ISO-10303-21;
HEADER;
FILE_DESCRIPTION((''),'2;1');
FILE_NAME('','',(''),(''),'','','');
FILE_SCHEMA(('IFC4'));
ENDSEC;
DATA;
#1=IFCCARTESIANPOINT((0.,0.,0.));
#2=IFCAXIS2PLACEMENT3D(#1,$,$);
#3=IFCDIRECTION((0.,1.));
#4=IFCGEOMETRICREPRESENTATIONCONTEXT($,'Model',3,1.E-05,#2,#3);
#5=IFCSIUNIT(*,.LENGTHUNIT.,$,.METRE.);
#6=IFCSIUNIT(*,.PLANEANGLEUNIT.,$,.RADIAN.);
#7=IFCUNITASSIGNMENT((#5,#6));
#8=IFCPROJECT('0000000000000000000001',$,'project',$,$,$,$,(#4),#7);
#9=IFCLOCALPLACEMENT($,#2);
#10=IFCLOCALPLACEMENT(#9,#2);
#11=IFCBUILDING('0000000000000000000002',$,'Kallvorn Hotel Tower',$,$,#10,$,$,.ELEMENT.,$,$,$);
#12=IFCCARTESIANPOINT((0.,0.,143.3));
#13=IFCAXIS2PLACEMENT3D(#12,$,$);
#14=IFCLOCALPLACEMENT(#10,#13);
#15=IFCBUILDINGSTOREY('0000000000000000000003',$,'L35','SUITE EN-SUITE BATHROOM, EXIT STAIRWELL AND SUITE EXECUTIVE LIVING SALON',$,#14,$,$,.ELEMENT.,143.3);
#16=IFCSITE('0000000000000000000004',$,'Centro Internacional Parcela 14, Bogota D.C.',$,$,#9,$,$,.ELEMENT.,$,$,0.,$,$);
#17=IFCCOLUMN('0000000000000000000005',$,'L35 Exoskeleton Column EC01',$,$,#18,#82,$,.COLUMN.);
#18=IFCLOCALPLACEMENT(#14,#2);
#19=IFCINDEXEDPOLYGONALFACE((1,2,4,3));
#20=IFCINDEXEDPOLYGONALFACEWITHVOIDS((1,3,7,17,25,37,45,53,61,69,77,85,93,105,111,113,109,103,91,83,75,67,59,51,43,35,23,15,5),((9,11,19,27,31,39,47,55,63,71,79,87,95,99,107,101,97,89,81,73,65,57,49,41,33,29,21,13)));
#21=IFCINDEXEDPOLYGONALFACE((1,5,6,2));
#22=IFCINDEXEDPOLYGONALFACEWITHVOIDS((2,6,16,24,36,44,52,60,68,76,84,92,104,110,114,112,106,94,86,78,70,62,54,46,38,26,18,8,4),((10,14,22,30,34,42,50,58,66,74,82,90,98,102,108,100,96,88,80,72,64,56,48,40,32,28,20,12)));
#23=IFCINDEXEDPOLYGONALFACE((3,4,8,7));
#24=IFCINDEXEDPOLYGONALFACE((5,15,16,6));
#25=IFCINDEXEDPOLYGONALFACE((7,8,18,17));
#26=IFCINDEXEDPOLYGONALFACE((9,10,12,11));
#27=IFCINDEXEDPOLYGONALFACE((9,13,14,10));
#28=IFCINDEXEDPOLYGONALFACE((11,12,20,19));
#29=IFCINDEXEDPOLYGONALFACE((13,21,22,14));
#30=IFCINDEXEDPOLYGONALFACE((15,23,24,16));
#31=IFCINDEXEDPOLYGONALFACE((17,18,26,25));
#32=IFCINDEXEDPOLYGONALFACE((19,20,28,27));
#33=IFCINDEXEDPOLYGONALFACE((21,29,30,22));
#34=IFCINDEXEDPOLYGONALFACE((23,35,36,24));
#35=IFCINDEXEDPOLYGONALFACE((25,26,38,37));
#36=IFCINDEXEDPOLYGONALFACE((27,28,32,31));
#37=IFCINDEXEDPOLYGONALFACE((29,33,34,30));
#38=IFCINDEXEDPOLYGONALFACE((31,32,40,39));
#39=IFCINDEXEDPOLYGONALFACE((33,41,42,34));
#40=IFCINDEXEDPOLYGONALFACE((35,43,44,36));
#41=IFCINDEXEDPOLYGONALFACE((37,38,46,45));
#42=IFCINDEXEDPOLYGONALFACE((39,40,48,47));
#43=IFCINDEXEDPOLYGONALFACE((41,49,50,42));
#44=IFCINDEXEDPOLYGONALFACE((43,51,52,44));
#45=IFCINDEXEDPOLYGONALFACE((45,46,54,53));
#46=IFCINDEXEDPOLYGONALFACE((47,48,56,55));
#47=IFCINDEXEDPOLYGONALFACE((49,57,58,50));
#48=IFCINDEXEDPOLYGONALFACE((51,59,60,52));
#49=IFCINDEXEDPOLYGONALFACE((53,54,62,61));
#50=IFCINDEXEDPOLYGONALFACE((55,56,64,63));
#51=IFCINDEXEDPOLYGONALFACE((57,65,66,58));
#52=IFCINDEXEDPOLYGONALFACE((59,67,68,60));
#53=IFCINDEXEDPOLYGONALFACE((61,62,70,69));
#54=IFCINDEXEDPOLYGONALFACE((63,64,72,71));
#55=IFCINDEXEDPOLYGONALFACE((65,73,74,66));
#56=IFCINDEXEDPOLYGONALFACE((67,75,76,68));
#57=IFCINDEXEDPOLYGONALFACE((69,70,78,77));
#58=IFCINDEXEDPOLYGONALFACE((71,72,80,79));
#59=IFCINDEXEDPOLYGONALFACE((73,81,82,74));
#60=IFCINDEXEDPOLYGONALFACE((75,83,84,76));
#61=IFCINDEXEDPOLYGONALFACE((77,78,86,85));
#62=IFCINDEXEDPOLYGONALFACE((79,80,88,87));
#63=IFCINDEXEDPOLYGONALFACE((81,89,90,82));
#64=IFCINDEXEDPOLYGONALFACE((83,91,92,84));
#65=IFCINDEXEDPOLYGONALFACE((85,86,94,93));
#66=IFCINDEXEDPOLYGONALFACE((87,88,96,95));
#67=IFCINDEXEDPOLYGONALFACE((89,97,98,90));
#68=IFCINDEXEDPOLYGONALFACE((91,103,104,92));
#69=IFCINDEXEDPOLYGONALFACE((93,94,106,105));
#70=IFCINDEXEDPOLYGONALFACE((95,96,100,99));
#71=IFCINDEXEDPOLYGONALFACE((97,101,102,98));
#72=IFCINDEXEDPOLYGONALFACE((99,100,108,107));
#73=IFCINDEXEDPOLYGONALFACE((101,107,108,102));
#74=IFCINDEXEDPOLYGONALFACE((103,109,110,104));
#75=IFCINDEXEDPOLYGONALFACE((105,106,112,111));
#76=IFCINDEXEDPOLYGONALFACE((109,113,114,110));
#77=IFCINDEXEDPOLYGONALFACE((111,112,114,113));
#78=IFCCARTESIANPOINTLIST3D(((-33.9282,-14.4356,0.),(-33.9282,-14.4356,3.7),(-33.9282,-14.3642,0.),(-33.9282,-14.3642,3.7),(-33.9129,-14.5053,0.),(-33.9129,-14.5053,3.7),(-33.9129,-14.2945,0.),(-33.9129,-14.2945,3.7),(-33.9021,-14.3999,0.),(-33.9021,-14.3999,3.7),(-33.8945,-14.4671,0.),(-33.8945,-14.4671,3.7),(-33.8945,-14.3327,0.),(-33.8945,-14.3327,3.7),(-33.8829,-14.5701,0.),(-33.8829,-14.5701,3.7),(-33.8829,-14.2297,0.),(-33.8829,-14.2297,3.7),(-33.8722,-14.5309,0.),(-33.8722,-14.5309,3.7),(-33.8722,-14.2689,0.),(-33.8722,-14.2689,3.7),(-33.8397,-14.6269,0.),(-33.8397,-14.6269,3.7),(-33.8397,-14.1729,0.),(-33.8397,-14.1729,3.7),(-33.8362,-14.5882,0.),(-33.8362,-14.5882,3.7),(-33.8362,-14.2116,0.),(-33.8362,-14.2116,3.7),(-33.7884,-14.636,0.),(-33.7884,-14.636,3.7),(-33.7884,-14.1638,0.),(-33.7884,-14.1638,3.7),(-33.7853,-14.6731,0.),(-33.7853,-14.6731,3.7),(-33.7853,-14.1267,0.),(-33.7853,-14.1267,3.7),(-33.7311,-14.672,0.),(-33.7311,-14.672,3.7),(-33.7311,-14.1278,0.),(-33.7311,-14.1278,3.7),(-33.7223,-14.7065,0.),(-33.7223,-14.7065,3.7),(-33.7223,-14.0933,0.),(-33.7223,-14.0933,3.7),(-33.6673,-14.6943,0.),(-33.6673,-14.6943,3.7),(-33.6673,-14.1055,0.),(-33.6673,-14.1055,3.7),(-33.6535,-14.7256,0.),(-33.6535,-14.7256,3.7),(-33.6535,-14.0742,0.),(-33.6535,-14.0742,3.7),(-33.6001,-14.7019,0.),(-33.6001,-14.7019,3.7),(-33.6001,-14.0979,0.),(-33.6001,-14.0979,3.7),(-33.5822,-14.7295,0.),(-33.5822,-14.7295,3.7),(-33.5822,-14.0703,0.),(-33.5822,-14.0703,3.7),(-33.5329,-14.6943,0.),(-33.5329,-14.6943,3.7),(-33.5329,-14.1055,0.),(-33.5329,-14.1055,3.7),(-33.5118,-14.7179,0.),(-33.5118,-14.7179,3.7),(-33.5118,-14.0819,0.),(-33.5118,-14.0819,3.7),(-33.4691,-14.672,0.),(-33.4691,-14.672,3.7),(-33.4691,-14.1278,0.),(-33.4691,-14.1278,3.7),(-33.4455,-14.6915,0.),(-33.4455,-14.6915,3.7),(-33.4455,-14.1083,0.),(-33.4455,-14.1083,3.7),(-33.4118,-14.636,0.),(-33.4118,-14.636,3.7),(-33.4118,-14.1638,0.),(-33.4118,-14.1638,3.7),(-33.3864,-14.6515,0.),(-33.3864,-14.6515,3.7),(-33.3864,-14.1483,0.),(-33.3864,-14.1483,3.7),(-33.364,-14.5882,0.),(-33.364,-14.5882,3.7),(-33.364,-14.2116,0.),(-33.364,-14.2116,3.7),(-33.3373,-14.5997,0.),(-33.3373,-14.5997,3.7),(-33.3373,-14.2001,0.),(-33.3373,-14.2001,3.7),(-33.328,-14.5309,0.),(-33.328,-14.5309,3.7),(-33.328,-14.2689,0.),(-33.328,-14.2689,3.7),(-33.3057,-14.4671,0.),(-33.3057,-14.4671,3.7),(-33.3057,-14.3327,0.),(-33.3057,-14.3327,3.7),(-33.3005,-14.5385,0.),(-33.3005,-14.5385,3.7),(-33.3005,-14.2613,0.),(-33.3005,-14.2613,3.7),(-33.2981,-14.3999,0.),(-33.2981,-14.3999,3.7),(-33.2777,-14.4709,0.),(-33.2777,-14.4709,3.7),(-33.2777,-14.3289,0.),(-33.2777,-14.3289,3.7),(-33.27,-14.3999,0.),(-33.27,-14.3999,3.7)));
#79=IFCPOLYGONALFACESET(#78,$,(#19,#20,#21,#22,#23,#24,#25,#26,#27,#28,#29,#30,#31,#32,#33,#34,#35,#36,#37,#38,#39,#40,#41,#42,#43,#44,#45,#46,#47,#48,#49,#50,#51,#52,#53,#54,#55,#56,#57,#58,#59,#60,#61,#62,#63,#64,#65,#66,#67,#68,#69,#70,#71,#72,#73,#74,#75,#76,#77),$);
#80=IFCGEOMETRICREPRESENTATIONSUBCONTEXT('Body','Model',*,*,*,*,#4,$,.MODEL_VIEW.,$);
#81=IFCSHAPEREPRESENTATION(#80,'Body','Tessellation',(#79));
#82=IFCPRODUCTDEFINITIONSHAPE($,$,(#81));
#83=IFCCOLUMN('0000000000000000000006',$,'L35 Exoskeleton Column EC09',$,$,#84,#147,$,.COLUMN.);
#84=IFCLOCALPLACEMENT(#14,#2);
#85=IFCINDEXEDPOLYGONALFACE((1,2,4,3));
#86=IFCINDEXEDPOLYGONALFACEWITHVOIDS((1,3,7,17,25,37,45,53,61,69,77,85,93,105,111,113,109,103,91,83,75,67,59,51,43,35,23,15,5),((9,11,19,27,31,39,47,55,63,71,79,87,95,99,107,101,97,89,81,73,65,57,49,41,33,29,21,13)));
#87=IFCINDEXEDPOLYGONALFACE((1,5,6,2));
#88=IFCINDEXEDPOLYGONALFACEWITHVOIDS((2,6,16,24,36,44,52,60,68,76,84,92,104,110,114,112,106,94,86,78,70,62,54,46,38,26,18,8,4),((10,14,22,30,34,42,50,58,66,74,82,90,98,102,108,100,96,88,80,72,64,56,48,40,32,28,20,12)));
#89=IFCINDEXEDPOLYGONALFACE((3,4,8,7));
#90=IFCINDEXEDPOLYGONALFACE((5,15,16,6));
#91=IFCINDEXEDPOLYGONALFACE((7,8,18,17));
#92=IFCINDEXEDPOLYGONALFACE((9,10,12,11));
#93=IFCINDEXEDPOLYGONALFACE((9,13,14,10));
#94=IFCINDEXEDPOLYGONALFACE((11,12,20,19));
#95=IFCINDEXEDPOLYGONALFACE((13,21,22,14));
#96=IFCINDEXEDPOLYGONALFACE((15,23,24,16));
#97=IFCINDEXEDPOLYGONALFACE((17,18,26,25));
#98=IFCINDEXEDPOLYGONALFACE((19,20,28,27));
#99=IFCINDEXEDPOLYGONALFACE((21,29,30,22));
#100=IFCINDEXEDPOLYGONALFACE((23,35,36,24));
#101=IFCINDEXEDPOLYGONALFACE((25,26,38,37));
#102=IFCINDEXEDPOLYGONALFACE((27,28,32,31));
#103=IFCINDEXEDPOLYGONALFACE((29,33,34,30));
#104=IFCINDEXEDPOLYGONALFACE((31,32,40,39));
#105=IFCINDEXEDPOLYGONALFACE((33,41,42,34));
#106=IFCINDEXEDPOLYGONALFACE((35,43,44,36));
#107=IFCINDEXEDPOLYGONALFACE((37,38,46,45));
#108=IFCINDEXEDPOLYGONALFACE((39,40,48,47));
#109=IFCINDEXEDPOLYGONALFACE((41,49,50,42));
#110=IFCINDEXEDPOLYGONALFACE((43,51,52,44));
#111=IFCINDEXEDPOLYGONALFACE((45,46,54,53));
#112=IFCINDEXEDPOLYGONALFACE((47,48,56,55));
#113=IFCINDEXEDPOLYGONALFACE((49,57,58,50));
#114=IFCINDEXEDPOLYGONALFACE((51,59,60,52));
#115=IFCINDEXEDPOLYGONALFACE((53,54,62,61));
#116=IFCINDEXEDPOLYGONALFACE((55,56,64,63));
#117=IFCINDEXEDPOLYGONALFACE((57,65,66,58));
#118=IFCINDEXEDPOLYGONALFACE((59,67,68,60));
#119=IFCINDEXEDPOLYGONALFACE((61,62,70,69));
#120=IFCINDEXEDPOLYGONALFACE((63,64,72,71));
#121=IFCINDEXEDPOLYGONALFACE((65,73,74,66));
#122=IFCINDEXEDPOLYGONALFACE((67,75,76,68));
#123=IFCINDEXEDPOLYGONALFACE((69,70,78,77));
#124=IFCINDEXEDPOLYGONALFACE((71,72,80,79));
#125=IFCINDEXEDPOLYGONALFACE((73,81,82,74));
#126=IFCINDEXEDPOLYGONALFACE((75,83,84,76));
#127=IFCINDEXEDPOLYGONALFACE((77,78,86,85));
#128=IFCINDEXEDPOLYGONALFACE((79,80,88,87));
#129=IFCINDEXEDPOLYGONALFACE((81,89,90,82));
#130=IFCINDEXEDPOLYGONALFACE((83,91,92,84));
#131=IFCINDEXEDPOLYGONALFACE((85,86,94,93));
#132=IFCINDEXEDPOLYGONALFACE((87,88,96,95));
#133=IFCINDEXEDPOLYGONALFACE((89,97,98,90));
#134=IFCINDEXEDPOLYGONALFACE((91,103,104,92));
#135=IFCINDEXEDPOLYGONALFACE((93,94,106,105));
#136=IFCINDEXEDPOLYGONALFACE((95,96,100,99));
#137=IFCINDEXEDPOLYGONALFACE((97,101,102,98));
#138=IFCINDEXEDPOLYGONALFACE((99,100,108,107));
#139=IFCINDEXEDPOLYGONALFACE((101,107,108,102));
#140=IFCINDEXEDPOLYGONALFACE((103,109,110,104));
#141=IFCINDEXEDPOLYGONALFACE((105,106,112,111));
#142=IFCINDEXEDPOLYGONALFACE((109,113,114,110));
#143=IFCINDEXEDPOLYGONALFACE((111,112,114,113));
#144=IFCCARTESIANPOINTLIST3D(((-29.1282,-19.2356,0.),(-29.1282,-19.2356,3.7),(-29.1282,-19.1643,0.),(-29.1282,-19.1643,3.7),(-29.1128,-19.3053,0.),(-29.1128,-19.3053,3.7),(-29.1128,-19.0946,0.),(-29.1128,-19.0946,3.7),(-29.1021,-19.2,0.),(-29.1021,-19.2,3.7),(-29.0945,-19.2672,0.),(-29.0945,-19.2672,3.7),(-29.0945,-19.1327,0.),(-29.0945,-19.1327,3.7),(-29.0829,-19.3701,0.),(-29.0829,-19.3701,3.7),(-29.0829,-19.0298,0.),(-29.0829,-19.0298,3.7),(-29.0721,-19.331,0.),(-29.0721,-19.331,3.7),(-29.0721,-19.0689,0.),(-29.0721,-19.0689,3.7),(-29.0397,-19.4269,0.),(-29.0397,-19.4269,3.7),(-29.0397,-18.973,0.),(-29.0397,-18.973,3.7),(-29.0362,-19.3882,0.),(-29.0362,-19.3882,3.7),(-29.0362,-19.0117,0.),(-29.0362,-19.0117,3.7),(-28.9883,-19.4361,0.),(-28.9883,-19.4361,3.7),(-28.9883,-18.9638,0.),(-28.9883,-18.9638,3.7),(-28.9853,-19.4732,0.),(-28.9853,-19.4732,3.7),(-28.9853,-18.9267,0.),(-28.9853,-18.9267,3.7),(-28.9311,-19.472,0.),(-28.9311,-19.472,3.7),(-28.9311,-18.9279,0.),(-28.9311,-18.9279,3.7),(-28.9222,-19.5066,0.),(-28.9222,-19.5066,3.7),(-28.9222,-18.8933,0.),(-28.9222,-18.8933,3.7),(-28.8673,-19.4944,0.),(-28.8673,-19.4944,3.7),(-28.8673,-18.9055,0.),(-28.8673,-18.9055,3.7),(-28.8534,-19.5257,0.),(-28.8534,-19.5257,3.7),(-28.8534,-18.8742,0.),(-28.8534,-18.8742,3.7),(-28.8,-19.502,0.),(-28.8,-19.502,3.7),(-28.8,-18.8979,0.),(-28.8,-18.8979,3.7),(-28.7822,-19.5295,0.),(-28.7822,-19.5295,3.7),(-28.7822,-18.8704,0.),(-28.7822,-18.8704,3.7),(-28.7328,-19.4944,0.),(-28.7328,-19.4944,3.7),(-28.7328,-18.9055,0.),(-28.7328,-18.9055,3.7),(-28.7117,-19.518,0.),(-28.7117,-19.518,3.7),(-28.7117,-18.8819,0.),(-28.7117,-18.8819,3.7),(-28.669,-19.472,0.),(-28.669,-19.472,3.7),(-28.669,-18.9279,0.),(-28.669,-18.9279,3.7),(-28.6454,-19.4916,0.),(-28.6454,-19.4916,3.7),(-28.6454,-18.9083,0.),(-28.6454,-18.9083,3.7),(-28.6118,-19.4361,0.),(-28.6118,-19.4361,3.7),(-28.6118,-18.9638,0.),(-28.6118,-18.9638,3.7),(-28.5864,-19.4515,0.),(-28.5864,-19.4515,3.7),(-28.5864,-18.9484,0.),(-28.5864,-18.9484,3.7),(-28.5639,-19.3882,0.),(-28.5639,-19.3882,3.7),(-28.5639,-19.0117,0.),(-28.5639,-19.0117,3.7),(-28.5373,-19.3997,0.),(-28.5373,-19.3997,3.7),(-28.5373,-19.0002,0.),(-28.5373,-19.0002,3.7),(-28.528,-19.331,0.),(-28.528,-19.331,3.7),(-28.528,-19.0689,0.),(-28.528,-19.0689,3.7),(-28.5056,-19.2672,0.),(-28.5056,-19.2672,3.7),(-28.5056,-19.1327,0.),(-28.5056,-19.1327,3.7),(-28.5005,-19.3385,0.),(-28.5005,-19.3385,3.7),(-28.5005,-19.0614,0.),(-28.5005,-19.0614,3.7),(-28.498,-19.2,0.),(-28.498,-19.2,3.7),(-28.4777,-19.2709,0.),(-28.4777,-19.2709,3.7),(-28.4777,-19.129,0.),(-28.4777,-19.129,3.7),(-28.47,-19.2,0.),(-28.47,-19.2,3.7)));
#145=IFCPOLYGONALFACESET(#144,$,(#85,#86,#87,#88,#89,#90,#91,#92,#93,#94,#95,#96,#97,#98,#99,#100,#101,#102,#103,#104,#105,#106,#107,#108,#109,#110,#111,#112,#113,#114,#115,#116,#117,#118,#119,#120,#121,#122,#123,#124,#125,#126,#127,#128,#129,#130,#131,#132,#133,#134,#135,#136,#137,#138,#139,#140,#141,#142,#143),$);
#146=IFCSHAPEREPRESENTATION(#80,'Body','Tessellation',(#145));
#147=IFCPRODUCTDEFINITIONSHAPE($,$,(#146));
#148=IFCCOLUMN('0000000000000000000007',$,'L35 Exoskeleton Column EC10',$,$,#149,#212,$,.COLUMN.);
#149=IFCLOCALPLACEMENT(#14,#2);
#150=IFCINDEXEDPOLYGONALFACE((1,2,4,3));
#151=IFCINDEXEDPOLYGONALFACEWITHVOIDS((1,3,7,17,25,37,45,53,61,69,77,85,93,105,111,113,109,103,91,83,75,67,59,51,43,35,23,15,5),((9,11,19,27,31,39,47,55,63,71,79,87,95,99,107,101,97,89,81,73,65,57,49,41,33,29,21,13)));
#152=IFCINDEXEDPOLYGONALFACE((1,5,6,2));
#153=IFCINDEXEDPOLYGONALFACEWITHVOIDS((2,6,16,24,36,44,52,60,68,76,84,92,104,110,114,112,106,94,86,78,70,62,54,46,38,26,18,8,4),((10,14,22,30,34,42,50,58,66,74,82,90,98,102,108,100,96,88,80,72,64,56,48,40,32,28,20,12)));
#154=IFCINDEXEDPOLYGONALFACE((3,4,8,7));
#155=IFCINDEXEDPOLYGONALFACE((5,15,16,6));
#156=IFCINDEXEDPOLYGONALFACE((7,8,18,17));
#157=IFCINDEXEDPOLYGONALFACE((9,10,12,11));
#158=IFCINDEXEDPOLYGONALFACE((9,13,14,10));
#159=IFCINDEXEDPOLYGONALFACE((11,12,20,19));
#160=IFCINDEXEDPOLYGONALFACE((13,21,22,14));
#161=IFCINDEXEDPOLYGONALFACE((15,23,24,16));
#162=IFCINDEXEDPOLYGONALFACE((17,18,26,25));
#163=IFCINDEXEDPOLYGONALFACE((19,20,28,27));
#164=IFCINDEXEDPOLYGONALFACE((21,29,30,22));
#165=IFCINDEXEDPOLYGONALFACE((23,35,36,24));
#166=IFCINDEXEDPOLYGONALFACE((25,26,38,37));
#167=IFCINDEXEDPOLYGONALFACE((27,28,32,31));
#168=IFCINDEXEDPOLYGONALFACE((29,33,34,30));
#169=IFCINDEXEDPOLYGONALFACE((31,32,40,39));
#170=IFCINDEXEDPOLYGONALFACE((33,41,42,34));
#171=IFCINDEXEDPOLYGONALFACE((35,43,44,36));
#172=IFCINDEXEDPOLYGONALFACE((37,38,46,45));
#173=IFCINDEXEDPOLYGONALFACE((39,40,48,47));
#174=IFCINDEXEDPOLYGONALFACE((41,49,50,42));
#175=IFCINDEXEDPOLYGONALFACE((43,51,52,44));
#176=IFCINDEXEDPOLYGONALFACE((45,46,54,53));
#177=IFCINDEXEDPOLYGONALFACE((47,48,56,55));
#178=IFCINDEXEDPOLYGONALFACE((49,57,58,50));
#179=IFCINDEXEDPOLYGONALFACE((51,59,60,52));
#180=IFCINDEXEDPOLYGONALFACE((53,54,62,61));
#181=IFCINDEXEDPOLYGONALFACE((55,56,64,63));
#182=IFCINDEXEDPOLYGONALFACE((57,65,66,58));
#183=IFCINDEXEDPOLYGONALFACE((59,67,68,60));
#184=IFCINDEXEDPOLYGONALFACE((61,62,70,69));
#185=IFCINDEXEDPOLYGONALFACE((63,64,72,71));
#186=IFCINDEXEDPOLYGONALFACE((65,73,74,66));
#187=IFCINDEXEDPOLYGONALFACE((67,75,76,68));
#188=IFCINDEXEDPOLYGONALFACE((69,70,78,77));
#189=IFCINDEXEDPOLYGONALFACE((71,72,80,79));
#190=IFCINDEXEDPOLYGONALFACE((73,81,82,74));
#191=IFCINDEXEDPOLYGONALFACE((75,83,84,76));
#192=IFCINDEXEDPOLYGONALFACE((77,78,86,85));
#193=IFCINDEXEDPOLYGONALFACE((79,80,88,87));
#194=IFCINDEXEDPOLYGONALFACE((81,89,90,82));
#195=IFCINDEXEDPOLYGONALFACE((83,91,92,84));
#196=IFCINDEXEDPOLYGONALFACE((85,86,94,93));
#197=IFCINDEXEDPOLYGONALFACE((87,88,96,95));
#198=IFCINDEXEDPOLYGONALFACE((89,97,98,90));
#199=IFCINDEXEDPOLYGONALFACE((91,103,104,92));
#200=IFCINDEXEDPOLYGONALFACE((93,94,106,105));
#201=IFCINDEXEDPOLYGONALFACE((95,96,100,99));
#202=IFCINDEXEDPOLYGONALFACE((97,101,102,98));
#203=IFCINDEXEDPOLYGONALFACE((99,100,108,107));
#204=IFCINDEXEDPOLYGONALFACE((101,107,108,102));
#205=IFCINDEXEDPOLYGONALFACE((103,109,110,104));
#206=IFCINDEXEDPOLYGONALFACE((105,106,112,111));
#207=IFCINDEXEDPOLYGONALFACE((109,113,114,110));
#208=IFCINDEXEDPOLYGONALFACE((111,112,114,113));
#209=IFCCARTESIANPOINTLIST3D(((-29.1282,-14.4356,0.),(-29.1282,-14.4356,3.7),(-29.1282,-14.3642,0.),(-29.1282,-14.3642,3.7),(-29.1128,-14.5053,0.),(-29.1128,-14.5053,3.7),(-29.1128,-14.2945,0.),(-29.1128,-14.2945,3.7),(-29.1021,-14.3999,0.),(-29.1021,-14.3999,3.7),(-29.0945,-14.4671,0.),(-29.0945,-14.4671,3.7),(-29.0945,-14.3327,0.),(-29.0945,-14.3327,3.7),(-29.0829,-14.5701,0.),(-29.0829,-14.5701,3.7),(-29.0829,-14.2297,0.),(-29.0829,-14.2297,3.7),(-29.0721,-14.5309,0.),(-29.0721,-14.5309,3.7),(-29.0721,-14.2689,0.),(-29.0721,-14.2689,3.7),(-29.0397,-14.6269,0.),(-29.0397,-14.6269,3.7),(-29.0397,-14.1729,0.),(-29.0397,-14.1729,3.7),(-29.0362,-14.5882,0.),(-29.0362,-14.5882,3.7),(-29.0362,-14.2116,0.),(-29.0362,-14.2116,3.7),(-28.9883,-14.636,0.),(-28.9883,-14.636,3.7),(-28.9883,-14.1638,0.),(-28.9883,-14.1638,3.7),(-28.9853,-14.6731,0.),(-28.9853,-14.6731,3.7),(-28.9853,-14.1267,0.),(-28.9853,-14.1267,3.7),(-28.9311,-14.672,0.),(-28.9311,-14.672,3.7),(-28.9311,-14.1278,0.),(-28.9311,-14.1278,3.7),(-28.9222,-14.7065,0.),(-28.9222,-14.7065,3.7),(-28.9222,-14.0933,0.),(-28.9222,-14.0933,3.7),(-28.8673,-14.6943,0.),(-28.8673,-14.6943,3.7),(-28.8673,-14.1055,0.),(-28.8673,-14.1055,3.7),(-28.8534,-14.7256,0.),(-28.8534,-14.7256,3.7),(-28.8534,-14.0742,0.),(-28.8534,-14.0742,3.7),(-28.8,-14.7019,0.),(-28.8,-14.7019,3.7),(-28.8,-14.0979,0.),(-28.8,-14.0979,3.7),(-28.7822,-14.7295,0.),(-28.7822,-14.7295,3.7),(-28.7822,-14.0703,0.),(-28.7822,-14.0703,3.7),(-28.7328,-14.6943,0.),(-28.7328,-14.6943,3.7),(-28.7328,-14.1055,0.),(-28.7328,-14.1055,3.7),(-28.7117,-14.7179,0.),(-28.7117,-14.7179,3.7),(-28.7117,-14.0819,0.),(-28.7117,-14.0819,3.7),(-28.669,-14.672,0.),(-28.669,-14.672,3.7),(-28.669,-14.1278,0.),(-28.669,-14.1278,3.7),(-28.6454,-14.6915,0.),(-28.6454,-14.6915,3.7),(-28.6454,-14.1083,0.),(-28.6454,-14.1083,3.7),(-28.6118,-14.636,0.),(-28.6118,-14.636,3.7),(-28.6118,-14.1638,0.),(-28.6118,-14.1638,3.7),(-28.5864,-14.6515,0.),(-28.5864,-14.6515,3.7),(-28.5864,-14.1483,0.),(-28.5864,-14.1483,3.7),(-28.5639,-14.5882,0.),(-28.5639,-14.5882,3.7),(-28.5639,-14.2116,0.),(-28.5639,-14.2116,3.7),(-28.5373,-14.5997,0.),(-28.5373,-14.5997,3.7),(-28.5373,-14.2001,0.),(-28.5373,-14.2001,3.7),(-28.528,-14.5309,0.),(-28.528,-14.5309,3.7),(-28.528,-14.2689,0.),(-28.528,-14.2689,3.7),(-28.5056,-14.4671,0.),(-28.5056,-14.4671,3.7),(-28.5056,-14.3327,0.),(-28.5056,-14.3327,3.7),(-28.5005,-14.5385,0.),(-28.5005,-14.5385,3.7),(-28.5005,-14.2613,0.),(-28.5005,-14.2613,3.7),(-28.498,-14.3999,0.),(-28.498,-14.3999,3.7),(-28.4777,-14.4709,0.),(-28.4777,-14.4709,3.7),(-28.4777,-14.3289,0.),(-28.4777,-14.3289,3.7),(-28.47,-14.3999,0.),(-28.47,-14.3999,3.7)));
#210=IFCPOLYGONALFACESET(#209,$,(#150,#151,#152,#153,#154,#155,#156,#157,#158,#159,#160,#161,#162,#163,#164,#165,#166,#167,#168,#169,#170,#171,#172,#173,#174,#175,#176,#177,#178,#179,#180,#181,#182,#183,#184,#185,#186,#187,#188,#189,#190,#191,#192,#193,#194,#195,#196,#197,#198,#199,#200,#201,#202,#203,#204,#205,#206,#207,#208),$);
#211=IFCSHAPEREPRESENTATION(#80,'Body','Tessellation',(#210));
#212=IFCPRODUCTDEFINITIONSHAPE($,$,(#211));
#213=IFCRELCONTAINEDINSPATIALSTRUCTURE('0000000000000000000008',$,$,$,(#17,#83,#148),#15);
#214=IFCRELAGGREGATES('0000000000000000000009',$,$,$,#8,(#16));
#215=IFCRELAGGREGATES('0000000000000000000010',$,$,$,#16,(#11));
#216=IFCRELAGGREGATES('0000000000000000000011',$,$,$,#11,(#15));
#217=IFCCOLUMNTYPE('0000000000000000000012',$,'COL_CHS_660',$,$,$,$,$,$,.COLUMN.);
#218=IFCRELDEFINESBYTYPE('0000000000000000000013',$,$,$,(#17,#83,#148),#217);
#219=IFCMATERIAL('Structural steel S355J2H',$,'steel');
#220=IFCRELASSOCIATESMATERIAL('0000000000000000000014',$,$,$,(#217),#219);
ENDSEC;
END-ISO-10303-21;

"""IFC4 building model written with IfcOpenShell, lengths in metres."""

from ifc_helpers import new_model, si_unit, direction, frame, origin, origin_2d, place, context, subcontext, project, spatial, hollow_circle, extrude, material, material_profile, profile_set, type_object, element, save


model = new_model("IFC4")

# Units and contexts
model_context = context("Model", 3, precision=1e-05, world=origin(), true_north=direction((0.0, 1.0)))
body_context = subcontext(model_context, "Body", "Model", "MODEL_VIEW")
ifc_project = project(units=[si_unit("LENGTHUNIT", "METRE"), si_unit("PLANEANGLEUNIT", "RADIAN")], contexts=[model_context])

# Site, building, storey
site_placement = place(None, origin())
site = spatial("IfcSite", under=ifc_project, at=site_placement, Name="Centro Internacional Parcela 14, Bogota D.C.", CompositionType="ELEMENT", RefElevation=0.0)
building_placement = place(site_placement, origin())
building = spatial("IfcBuilding", under=site, at=building_placement, Name="Kallvorn Hotel Tower", CompositionType="ELEMENT")
storey_placement = place(building_placement, frame((0.0, 0.0, 143.3)))
storey = spatial("IfcBuildingStorey", under=building, at=storey_placement, Name="L35", Description="SUITE EN-SUITE BATHROOM, EXIT STAIRWELL AND SUITE EXECUTIVE LIVING SALON", CompositionType="ELEMENT", Elevation=143.3)

# Columns
ifc_material_1 = material(Name="Structural steel S355J2H", Category="steel")
ifc_material_profile_1 = material_profile(ifc_material_1, hollow_circle(Radius=0.3301, WallThickness=0.0281, at=origin_2d()), Name="CHS 660x28")
ifc_profile_set_1 = profile_set([ifc_material_profile_1], Name="Structural steel S355J2H")
column_type_1 = type_object("IfcColumnType", Name="COL_CHS_660", PredefinedType="COLUMN", material=ifc_profile_set_1)
for number, where, z_axis, x_axis, name in (
    (1, (-33.6001, -14.3999, 0.0), (0.0, 0.0, 1.0), (1.0, 0.0, 0.0), "L35 Exoskeleton Column EC01"),
    (2, (-28.8, -19.2, 0.0), (0.0, 0.0, 1.0), (1.0, 0.0, 0.0), "L35 Exoskeleton Column EC09"),
    (3, (-28.8, -14.3999, 0.0), (0.0, 0.0, 1.0), (1.0, 0.0, 0.0), "L35 Exoskeleton Column EC10"),
):
    element("IfcColumn", number, at=place(storey_placement, frame(where, z_axis=z_axis, x_axis=x_axis)), inside=storey, type_object=column_type_1, Name=name, PredefinedType="COLUMN", context=body_context, shape_type="SweptSolid", body=[
        extrude(hollow_circle(Radius=0.3301, WallThickness=0.0281, at=origin_2d()), origin(), (0.0, 0.0, 1.0), 3.7),
    ])

save(model, "model.ifc")
